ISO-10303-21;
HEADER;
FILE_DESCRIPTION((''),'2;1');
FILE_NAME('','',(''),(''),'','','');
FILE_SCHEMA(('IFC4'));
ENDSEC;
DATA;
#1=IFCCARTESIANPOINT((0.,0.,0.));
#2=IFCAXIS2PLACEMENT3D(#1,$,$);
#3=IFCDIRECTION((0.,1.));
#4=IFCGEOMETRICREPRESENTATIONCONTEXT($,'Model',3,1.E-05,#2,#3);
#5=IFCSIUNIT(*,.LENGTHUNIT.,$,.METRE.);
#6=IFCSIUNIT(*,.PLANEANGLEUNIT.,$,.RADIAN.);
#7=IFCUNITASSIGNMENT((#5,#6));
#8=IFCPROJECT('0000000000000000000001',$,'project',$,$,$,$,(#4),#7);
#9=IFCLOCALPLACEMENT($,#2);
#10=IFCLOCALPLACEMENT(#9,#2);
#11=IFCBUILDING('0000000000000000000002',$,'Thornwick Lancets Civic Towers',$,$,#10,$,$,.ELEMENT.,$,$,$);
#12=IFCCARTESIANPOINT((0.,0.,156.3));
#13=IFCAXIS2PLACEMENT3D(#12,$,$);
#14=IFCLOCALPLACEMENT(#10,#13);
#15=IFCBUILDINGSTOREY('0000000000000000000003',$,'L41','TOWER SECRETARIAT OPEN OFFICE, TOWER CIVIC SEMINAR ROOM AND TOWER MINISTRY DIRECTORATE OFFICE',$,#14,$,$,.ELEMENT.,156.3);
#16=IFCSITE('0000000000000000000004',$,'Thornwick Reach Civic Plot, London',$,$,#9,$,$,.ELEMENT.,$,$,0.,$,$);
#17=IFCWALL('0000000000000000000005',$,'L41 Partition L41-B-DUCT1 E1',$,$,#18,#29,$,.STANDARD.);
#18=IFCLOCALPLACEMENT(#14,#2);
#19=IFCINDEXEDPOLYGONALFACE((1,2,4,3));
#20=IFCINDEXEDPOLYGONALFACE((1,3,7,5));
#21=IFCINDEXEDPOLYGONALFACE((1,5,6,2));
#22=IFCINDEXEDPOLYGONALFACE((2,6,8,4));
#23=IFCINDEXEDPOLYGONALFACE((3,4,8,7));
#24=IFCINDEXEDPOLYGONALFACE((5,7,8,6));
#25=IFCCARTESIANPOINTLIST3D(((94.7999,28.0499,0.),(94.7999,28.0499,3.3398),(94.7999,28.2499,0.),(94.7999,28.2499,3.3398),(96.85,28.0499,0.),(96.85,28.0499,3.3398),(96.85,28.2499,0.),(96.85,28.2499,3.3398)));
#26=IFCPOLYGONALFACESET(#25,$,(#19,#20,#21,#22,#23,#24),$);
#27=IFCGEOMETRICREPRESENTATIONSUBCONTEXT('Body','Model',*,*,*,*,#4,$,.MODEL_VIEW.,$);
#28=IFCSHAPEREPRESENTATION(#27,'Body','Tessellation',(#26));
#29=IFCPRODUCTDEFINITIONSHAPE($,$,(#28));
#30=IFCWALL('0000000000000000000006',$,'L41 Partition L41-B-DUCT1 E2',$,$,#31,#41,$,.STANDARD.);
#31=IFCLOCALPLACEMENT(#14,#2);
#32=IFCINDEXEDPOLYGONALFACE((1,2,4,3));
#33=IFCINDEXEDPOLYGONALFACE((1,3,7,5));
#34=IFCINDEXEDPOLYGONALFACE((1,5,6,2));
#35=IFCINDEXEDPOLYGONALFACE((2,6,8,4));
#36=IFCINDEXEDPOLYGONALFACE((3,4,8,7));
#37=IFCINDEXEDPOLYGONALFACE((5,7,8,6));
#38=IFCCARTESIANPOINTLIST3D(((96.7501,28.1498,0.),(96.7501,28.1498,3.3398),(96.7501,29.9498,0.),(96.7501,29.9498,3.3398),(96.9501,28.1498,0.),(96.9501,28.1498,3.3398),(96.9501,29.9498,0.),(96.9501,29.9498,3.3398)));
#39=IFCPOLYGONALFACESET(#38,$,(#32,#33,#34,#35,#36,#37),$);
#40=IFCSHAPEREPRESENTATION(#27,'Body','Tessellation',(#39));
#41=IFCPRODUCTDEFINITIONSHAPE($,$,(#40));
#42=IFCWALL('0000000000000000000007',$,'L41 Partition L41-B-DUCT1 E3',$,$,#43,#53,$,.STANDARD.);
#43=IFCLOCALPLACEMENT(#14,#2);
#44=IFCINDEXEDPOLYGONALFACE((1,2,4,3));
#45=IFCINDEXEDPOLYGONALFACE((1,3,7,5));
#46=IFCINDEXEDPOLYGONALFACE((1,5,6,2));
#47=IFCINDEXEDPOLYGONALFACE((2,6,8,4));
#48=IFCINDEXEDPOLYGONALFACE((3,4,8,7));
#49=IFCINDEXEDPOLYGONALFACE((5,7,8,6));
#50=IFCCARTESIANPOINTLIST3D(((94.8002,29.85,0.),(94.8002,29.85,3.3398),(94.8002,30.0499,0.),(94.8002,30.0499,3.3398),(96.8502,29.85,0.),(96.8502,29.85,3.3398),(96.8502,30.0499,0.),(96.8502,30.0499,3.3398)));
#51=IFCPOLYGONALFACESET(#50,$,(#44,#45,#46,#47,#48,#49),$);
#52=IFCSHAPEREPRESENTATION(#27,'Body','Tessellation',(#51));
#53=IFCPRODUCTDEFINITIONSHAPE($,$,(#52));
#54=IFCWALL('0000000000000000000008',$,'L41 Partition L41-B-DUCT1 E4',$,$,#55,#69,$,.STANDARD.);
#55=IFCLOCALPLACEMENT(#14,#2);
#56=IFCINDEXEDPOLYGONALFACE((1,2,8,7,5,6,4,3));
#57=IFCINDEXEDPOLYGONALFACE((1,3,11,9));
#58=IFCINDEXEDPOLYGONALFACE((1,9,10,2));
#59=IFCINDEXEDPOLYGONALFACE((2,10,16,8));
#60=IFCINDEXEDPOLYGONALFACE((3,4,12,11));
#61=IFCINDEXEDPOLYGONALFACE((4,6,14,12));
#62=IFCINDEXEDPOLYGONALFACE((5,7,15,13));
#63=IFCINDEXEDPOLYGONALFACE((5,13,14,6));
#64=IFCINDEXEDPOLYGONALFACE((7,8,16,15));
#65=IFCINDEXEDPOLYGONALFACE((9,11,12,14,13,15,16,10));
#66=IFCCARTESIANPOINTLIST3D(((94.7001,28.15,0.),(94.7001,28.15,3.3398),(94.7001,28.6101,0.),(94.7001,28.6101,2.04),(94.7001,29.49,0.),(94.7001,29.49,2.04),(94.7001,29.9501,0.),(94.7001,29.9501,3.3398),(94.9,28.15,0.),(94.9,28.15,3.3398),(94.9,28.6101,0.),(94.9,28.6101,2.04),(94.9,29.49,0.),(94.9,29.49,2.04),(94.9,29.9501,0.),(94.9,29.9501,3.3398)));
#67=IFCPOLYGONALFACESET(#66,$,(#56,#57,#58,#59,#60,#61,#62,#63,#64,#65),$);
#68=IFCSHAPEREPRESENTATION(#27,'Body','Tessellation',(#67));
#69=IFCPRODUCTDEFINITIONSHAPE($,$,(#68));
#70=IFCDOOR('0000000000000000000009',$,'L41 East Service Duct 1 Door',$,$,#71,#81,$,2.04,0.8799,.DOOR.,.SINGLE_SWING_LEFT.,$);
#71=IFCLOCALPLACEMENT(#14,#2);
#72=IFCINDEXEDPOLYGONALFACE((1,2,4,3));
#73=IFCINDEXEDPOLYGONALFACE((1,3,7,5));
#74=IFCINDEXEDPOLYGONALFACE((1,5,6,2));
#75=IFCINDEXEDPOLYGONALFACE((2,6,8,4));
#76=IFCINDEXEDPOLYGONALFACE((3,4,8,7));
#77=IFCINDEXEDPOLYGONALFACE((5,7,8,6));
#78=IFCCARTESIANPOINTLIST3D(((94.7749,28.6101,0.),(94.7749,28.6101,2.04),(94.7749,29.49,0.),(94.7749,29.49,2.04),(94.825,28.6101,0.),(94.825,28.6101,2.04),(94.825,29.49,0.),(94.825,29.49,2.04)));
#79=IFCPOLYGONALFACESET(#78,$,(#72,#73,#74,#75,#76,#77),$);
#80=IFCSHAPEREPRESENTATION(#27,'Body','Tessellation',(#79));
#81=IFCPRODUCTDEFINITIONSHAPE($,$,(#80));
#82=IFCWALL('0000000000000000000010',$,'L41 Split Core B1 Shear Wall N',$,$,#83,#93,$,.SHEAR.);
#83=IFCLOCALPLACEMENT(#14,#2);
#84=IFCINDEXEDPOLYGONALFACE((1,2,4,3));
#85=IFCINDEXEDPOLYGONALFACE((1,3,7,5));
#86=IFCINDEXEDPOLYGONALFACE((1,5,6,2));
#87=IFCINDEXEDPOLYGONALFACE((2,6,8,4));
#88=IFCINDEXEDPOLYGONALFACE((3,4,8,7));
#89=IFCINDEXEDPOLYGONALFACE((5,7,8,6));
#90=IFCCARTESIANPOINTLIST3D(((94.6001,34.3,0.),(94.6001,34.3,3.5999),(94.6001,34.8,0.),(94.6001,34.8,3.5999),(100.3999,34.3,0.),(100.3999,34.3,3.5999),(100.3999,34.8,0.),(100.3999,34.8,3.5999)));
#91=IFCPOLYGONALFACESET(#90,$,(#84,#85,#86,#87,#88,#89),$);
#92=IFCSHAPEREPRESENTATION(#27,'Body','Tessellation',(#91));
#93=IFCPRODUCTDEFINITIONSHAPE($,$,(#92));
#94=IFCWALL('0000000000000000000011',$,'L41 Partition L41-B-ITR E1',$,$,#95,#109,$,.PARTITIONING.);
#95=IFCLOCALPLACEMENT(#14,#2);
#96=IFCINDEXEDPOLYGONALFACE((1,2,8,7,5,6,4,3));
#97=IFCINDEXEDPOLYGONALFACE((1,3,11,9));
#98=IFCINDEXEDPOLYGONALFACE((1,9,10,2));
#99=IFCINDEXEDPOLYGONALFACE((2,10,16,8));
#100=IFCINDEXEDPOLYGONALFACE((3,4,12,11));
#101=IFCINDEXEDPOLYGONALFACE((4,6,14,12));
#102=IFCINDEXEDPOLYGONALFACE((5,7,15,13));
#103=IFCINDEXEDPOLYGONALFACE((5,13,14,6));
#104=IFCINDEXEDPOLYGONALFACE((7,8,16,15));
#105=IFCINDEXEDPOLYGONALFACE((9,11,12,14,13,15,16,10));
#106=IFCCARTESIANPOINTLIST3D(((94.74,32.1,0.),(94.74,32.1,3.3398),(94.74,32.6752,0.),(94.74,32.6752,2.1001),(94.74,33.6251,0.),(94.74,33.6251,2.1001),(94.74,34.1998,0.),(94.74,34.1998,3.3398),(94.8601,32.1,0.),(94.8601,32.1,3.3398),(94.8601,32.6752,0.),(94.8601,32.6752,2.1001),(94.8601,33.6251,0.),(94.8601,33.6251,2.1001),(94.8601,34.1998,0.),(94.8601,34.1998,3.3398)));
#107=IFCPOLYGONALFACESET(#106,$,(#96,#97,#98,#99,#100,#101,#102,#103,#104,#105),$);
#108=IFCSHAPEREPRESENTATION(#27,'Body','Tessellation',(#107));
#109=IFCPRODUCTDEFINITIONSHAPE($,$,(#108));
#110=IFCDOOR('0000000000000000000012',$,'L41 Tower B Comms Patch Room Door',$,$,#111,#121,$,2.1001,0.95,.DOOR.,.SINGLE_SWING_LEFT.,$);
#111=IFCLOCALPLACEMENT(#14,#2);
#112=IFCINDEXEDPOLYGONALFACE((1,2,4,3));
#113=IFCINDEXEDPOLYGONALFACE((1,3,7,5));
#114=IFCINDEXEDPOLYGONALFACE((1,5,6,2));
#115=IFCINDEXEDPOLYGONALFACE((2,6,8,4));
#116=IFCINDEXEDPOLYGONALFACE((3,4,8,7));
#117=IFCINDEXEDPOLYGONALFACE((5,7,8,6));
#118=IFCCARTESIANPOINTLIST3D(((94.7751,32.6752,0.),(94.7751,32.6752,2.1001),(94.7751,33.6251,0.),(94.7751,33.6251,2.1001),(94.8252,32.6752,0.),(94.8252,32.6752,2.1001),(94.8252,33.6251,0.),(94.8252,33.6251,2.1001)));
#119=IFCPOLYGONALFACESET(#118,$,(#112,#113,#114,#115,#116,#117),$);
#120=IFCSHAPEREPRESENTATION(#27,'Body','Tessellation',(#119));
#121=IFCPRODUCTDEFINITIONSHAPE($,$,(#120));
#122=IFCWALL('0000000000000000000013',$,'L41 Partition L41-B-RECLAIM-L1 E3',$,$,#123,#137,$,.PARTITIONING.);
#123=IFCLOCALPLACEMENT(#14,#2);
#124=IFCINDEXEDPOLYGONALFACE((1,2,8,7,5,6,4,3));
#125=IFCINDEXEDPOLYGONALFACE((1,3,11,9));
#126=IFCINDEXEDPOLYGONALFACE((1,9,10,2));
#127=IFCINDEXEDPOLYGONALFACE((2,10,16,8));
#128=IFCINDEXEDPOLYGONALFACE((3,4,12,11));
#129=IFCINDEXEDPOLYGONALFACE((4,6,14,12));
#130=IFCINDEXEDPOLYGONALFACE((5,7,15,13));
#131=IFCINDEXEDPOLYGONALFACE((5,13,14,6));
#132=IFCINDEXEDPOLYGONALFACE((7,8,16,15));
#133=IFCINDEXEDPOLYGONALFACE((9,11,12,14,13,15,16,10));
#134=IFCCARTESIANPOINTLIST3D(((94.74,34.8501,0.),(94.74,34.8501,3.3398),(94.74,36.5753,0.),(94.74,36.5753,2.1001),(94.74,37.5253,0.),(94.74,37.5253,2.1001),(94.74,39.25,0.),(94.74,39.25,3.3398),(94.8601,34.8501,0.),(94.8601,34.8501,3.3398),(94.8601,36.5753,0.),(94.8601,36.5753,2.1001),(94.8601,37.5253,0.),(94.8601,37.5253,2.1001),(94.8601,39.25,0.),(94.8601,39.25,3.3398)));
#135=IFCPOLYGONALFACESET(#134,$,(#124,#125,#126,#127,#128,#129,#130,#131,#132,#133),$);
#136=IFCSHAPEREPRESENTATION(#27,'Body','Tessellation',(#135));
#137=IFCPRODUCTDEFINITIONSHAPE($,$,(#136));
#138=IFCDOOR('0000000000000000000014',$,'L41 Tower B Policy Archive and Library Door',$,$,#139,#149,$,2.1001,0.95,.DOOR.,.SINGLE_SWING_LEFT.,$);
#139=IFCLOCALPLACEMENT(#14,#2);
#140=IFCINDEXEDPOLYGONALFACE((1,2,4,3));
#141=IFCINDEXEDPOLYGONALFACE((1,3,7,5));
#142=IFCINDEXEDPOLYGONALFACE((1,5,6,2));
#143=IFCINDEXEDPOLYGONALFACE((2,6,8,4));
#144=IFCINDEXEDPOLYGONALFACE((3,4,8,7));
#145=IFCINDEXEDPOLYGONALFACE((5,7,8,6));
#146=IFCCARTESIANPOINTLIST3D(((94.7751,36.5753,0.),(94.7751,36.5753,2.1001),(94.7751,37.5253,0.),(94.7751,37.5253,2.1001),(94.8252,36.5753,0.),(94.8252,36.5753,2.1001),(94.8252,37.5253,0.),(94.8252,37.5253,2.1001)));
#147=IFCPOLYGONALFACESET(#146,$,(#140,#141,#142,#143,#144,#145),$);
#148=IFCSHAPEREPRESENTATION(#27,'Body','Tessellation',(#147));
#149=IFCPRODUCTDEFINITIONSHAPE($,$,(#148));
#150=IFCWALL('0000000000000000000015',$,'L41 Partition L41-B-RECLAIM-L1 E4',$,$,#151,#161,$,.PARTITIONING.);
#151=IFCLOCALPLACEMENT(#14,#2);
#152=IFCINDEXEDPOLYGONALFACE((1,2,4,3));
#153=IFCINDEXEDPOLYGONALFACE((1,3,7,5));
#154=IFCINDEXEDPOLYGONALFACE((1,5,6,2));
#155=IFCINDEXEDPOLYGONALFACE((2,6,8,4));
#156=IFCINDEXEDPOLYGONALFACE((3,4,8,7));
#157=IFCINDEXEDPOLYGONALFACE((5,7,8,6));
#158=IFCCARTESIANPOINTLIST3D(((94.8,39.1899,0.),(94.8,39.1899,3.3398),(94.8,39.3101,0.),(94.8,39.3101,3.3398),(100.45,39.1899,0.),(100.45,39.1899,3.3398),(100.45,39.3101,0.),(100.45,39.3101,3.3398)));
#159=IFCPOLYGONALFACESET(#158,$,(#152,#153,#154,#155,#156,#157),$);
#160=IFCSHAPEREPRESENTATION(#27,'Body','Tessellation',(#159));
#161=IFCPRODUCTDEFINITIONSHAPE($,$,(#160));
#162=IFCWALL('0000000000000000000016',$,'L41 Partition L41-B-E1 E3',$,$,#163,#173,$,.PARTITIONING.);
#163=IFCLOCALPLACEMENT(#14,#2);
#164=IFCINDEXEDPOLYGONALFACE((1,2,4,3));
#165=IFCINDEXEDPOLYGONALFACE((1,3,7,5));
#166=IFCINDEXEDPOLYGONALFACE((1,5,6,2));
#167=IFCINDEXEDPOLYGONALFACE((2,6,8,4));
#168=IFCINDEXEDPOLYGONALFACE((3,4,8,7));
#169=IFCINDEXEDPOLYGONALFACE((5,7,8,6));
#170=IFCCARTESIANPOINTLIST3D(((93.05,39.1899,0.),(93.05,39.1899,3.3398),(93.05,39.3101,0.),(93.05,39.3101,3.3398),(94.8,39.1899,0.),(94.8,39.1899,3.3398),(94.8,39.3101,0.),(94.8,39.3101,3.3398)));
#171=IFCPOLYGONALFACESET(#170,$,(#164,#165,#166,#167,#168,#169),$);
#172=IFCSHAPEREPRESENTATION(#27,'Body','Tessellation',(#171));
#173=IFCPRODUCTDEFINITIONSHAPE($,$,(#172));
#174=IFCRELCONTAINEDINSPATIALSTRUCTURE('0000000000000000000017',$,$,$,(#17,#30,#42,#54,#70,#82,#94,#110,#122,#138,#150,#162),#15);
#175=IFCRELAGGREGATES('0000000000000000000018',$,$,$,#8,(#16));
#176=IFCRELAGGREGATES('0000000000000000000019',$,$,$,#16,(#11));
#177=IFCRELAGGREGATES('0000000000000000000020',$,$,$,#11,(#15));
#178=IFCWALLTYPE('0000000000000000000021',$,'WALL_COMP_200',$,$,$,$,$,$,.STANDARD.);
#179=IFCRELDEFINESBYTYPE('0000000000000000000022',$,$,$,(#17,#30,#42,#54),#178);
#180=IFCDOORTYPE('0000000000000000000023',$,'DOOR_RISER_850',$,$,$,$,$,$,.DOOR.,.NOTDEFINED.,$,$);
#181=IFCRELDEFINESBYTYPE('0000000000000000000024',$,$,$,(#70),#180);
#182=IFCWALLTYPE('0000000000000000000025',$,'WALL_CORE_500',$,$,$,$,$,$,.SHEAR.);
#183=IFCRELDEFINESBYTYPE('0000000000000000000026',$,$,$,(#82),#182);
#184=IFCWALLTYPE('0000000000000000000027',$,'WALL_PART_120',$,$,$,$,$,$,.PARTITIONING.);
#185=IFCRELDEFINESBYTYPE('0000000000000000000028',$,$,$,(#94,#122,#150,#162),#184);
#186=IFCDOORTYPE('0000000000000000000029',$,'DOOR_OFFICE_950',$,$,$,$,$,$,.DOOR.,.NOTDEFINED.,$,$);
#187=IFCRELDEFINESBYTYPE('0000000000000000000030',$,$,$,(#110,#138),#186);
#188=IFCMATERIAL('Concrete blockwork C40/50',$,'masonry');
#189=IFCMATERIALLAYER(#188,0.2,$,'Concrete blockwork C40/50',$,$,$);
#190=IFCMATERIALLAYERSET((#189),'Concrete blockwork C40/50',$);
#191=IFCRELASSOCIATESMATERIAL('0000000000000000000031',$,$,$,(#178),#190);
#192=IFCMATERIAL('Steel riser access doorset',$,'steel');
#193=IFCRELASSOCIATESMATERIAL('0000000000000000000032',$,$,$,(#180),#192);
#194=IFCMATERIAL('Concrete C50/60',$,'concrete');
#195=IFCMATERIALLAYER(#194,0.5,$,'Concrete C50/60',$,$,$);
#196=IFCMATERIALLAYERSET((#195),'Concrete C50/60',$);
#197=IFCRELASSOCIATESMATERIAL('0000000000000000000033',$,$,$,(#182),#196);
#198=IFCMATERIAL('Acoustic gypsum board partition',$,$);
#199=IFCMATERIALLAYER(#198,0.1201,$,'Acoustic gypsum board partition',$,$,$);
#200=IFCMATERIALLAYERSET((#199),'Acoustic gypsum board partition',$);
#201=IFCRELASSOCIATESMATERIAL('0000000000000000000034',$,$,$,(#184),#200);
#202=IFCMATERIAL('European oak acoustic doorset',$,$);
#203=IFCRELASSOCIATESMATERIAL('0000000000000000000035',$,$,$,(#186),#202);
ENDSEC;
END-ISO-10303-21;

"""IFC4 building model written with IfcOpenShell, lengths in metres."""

from ifc_helpers import new_model, si_unit, direction, frame, frame_2d, origin, place, context, subcontext, project, spatial, rectangle, extrude, material, layer, layer_set, type_object, element, fill, save


model = new_model("IFC4")

# Units and contexts
model_context = context("Model", 3, precision=1e-05, world=origin(), true_north=direction((0.0, 1.0)))
body_context = subcontext(model_context, "Body", "Model", "MODEL_VIEW")
ifc_project = project(units=[si_unit("LENGTHUNIT", "METRE"), si_unit("PLANEANGLEUNIT", "RADIAN")], contexts=[model_context])

# Site, building, storey
site_placement = place(None, origin())
site = spatial("IfcSite", under=ifc_project, at=site_placement, Name="Thornwick Reach Civic Plot, London", CompositionType="ELEMENT", RefElevation=0.0)
building_placement = place(site_placement, origin())
building = spatial("IfcBuilding", under=site, at=building_placement, Name="Thornwick Lancets Civic Towers", CompositionType="ELEMENT")
storey_placement = place(building_placement, frame((0.0, 0.0, 156.3)))
storey = spatial("IfcBuildingStorey", under=building, at=storey_placement, Name="L41", Description="TOWER SECRETARIAT OPEN OFFICE, TOWER CIVIC SEMINAR ROOM AND TOWER MINISTRY DIRECTORATE OFFICE", CompositionType="ELEMENT", Elevation=156.3)

# Shared definitions
ifc_material_1 = material(Name="Concrete C50/60", Category="concrete")

# Shared definitions
ifc_material_2 = material(Name="Concrete blockwork C40/50", Category="masonry")
ifc_layer_1 = layer(ifc_material_2, 0.2, Name="Concrete blockwork C40/50")
ifc_layer_set_1 = layer_set([ifc_layer_1], Name="Concrete blockwork C40/50")
wall_type_1 = type_object("IfcWallType", Name="WALL_COMP_200", PredefinedType="STANDARD", material=ifc_layer_set_1)

# Walls
wall_1_placement = place(storey_placement, frame((94.8, 28.1499, 0.0), z_axis=(0.0, 0.0, 1.0), x_axis=(1.0, 0.0, 0.0)))
element("IfcWall", 1, at=wall_1_placement, inside=storey, type_object=wall_type_1, Name="L41 Partition L41-B-DUCT1 E1", PredefinedType="STANDARD", context=body_context, shape_type="SweptSolid", body=[
    extrude(rectangle(XDim=2.05, YDim=0.2, at=frame_2d((1.0249, 0.0))), origin(), (0.0, 0.0, 1.0), 3.3398),
])
wall_2_placement = place(storey_placement, frame((96.8501, 28.1499, 0.0), z_axis=(0.0, 0.0, 1.0), x_axis=(0.0, 1.0, 0.0)))
element("IfcWall", 2, at=wall_2_placement, inside=storey, type_object=wall_type_1, Name="L41 Partition L41-B-DUCT1 E2", PredefinedType="STANDARD", context=body_context, shape_type="SweptSolid", body=[
    extrude(rectangle(XDim=1.8, YDim=0.2, at=frame_2d((0.8999, 0.0))), origin(), (0.0, 0.0, 1.0), 3.3398),
])
wall_3_placement = place(storey_placement, frame((96.8501, 29.95, 0.0), z_axis=(0.0, 0.0, 1.0), x_axis=(-1.0, 0.0, 0.0)))
element("IfcWall", 3, at=wall_3_placement, inside=storey, type_object=wall_type_1, Name="L41 Partition L41-B-DUCT1 E3", PredefinedType="STANDARD", context=body_context, shape_type="SweptSolid", body=[
    extrude(rectangle(XDim=2.05, YDim=0.2, at=frame_2d((1.0249, 0.0))), origin(), (0.0, 0.0, 1.0), 3.3398),
])

# Wall, opening, door
wall_4_placement = place(storey_placement, frame((94.8, 29.95, 0.0), z_axis=(0.0, 0.0, 1.0), x_axis=(0.0, -1.0, 0.0)))
wall_4 = element("IfcWall", 4, at=wall_4_placement, inside=storey, type_object=wall_type_1, Name="L41 Partition L41-B-DUCT1 E4", PredefinedType="STANDARD", context=body_context, shape_type="SweptSolid", body=[
    extrude(rectangle(XDim=1.8, YDim=0.2, at=frame_2d((0.8999, 0.0))), origin(), (0.0, 0.0, 1.0), 3.3398),
])
opening_1_placement = place(wall_4_placement, frame((0.46, 0.0, 0.0)))
opening_1 = element("IfcOpeningElement", 5, at=opening_1_placement, cuts=wall_4, PredefinedType="OPENING", context=body_context, shape_type="SweptSolid", body=[
    extrude(rectangle(XDim=0.8799, YDim=2.04, at=frame_2d((0.4399, 1.02))), frame((0.0, 0.1099, 0.0), z_axis=(0.0, -1.0, 0.0), x_axis=(1.0, 0.0, 0.0)), (0.0, 0.0, 1.0), 0.22),
])
ifc_material_3 = material(Name="Steel riser access doorset", Category="steel")
door_type_1 = type_object("IfcDoorType", Name="DOOR_RISER_850", OperationType="NOTDEFINED", PredefinedType="DOOR", material=ifc_material_3)
door_1_placement = place(opening_1_placement, origin())
door_1 = element("IfcDoor", 6, at=door_1_placement, inside=storey, type_object=door_type_1, Name="L41 East Service Duct 1 Door", OperationType="SINGLE_SWING_LEFT", OverallHeight=2.04, OverallWidth=0.8799, PredefinedType="DOOR", context=body_context, shape_type="SweptSolid", body=[
    extrude(rectangle(XDim=0.8799, YDim=2.04, at=frame_2d((0.4399, 1.02))), frame((0.0, 0.0249, 0.0), z_axis=(0.0, -1.0, 0.0), x_axis=(1.0, 0.0, 0.0)), (0.0, 0.0, 1.0), 0.05),
])
fill(opening_1, door_1)

# Wall
ifc_layer_2 = layer(ifc_material_1, 0.5, Name="Concrete C50/60")
ifc_layer_set_2 = layer_set([ifc_layer_2], Name="Concrete C50/60")
wall_type_2 = type_object("IfcWallType", Name="WALL_CORE_500", PredefinedType="SHEAR", material=ifc_layer_set_2)
wall_5_placement = place(storey_placement, frame((94.6001, 34.55, 0.0), z_axis=(0.0, 0.0, 1.0), x_axis=(1.0, 0.0, 0.0)))
element("IfcWall", 7, at=wall_5_placement, inside=storey, type_object=wall_type_2, Name="L41 Split Core B1 Shear Wall N", PredefinedType="SHEAR", context=body_context, shape_type="SweptSolid", body=[
    extrude(rectangle(XDim=5.7998, YDim=0.5, at=frame_2d((2.8999, 0.0))), origin(), (0.0, 0.0, 1.0), 3.5999),
])

# Walls, openings, doors
ifc_material_4 = material(Name="Acoustic gypsum board partition")
ifc_layer_3 = layer(ifc_material_4, 0.1201, Name="Acoustic gypsum board partition")
ifc_layer_set_3 = layer_set([ifc_layer_3], Name="Acoustic gypsum board partition")
wall_type_3 = type_object("IfcWallType", Name="WALL_PART_120", PredefinedType="PARTITIONING", material=ifc_layer_set_3)
wall_6_placement = place(storey_placement, frame((94.8, 32.1001, 0.0), z_axis=(0.0, 0.0, 1.0), x_axis=(0.0, 1.0, 0.0)))
wall_6 = element("IfcWall", 8, at=wall_6_placement, inside=storey, type_object=wall_type_3, Name="L41 Partition L41-B-ITR E1", PredefinedType="PARTITIONING", context=body_context, shape_type="SweptSolid", body=[
    extrude(rectangle(XDim=2.0999, YDim=0.1201, at=frame_2d((1.0498, 0.0))), origin(), (0.0, 0.0, 1.0), 3.3398),
])
opening_2_placement = place(wall_6_placement, frame((0.575, 0.0, 0.0)))
opening_2 = element("IfcOpeningElement", 9, at=opening_2_placement, cuts=wall_6, PredefinedType="OPENING", context=body_context, shape_type="SweptSolid", body=[
    extrude(rectangle(XDim=0.95, YDim=2.1001, at=frame_2d((0.4751, 1.05))), frame((0.0, 0.0701, 0.0), z_axis=(0.0, -1.0, 0.0), x_axis=(1.0, 0.0, 0.0)), (0.0, 0.0, 1.0), 0.1401),
])
ifc_material_5 = material(Name="European oak acoustic doorset")
door_type_2 = type_object("IfcDoorType", Name="DOOR_OFFICE_950", OperationType="NOTDEFINED", PredefinedType="DOOR", material=ifc_material_5)
door_2_placement = place(opening_2_placement, origin())
door_2 = element("IfcDoor", 10, at=door_2_placement, inside=storey, type_object=door_type_2, Name="L41 Tower B Comms Patch Room Door", OperationType="SINGLE_SWING_LEFT", OverallHeight=2.1001, OverallWidth=0.95, PredefinedType="DOOR", context=body_context, shape_type="SweptSolid", body=[
    extrude(rectangle(XDim=0.95, YDim=2.1001, at=frame_2d((0.4751, 1.05))), frame((0.0, 0.0249, 0.0), z_axis=(0.0, -1.0, 0.0), x_axis=(1.0, 0.0, 0.0)), (0.0, 0.0, 1.0), 0.05),
])
fill(opening_2, door_2)
wall_7_placement = place(storey_placement, frame((94.8, 34.8501, 0.0), z_axis=(0.0, 0.0, 1.0), x_axis=(0.0, 1.0, 0.0)))
wall_7 = element("IfcWall", 11, at=wall_7_placement, inside=storey, type_object=wall_type_3, Name="L41 Partition L41-B-RECLAIM-L1 E3", PredefinedType="PARTITIONING", context=body_context, shape_type="SweptSolid", body=[
    extrude(rectangle(XDim=4.3999, YDim=0.1201, at=frame_2d((2.2, 0.0))), origin(), (0.0, 0.0, 1.0), 3.3398),
])
opening_3_placement = place(wall_7_placement, frame((1.7251, 0.0, 0.0)))
opening_3 = element("IfcOpeningElement", 12, at=opening_3_placement, cuts=wall_7, PredefinedType="OPENING", context=body_context, shape_type="SweptSolid", body=[
    extrude(rectangle(XDim=0.95, YDim=2.1001, at=frame_2d((0.4751, 1.05))), frame((0.0, 0.0701, 0.0), z_axis=(0.0, -1.0, 0.0), x_axis=(1.0, 0.0, 0.0)), (0.0, 0.0, 1.0), 0.1401),
])
door_3_placement = place(opening_3_placement, origin())
door_3 = element("IfcDoor", 13, at=door_3_placement, inside=storey, type_object=door_type_2, Name="L41 Tower B Policy Archive and Library Door", OperationType="SINGLE_SWING_LEFT", OverallHeight=2.1001, OverallWidth=0.95, PredefinedType="DOOR", context=body_context, shape_type="SweptSolid", body=[
    extrude(rectangle(XDim=0.95, YDim=2.1001, at=frame_2d((0.4751, 1.05))), frame((0.0, 0.0249, 0.0), z_axis=(0.0, -1.0, 0.0), x_axis=(1.0, 0.0, 0.0)), (0.0, 0.0, 1.0), 0.05),
])
fill(opening_3, door_3)

# Walls
wall_8_placement = place(storey_placement, frame((94.8, 39.25, 0.0), z_axis=(0.0, 0.0, 1.0), x_axis=(1.0, 0.0, 0.0)))
element("IfcWall", 14, at=wall_8_placement, inside=storey, type_object=wall_type_3, Name="L41 Partition L41-B-RECLAIM-L1 E4", PredefinedType="PARTITIONING", context=body_context, shape_type="SweptSolid", body=[
    extrude(rectangle(XDim=5.6499, YDim=0.1201, at=frame_2d((2.825, 0.0))), origin(), (0.0, 0.0, 1.0), 3.3398),
])
wall_9_placement = place(storey_placement, frame((94.8, 39.25, 0.0), z_axis=(0.0, 0.0, 1.0), x_axis=(-1.0, 0.0, 0.0)))
element("IfcWall", 15, at=wall_9_placement, inside=storey, type_object=wall_type_3, Name="L41 Partition L41-B-E1 E3", PredefinedType="PARTITIONING", context=body_context, shape_type="SweptSolid", body=[
    extrude(rectangle(XDim=1.75, YDim=0.1201, at=frame_2d((0.875, 0.0))), origin(), (0.0, 0.0, 1.0), 3.3398),
])

save(model, "model.ifc")
